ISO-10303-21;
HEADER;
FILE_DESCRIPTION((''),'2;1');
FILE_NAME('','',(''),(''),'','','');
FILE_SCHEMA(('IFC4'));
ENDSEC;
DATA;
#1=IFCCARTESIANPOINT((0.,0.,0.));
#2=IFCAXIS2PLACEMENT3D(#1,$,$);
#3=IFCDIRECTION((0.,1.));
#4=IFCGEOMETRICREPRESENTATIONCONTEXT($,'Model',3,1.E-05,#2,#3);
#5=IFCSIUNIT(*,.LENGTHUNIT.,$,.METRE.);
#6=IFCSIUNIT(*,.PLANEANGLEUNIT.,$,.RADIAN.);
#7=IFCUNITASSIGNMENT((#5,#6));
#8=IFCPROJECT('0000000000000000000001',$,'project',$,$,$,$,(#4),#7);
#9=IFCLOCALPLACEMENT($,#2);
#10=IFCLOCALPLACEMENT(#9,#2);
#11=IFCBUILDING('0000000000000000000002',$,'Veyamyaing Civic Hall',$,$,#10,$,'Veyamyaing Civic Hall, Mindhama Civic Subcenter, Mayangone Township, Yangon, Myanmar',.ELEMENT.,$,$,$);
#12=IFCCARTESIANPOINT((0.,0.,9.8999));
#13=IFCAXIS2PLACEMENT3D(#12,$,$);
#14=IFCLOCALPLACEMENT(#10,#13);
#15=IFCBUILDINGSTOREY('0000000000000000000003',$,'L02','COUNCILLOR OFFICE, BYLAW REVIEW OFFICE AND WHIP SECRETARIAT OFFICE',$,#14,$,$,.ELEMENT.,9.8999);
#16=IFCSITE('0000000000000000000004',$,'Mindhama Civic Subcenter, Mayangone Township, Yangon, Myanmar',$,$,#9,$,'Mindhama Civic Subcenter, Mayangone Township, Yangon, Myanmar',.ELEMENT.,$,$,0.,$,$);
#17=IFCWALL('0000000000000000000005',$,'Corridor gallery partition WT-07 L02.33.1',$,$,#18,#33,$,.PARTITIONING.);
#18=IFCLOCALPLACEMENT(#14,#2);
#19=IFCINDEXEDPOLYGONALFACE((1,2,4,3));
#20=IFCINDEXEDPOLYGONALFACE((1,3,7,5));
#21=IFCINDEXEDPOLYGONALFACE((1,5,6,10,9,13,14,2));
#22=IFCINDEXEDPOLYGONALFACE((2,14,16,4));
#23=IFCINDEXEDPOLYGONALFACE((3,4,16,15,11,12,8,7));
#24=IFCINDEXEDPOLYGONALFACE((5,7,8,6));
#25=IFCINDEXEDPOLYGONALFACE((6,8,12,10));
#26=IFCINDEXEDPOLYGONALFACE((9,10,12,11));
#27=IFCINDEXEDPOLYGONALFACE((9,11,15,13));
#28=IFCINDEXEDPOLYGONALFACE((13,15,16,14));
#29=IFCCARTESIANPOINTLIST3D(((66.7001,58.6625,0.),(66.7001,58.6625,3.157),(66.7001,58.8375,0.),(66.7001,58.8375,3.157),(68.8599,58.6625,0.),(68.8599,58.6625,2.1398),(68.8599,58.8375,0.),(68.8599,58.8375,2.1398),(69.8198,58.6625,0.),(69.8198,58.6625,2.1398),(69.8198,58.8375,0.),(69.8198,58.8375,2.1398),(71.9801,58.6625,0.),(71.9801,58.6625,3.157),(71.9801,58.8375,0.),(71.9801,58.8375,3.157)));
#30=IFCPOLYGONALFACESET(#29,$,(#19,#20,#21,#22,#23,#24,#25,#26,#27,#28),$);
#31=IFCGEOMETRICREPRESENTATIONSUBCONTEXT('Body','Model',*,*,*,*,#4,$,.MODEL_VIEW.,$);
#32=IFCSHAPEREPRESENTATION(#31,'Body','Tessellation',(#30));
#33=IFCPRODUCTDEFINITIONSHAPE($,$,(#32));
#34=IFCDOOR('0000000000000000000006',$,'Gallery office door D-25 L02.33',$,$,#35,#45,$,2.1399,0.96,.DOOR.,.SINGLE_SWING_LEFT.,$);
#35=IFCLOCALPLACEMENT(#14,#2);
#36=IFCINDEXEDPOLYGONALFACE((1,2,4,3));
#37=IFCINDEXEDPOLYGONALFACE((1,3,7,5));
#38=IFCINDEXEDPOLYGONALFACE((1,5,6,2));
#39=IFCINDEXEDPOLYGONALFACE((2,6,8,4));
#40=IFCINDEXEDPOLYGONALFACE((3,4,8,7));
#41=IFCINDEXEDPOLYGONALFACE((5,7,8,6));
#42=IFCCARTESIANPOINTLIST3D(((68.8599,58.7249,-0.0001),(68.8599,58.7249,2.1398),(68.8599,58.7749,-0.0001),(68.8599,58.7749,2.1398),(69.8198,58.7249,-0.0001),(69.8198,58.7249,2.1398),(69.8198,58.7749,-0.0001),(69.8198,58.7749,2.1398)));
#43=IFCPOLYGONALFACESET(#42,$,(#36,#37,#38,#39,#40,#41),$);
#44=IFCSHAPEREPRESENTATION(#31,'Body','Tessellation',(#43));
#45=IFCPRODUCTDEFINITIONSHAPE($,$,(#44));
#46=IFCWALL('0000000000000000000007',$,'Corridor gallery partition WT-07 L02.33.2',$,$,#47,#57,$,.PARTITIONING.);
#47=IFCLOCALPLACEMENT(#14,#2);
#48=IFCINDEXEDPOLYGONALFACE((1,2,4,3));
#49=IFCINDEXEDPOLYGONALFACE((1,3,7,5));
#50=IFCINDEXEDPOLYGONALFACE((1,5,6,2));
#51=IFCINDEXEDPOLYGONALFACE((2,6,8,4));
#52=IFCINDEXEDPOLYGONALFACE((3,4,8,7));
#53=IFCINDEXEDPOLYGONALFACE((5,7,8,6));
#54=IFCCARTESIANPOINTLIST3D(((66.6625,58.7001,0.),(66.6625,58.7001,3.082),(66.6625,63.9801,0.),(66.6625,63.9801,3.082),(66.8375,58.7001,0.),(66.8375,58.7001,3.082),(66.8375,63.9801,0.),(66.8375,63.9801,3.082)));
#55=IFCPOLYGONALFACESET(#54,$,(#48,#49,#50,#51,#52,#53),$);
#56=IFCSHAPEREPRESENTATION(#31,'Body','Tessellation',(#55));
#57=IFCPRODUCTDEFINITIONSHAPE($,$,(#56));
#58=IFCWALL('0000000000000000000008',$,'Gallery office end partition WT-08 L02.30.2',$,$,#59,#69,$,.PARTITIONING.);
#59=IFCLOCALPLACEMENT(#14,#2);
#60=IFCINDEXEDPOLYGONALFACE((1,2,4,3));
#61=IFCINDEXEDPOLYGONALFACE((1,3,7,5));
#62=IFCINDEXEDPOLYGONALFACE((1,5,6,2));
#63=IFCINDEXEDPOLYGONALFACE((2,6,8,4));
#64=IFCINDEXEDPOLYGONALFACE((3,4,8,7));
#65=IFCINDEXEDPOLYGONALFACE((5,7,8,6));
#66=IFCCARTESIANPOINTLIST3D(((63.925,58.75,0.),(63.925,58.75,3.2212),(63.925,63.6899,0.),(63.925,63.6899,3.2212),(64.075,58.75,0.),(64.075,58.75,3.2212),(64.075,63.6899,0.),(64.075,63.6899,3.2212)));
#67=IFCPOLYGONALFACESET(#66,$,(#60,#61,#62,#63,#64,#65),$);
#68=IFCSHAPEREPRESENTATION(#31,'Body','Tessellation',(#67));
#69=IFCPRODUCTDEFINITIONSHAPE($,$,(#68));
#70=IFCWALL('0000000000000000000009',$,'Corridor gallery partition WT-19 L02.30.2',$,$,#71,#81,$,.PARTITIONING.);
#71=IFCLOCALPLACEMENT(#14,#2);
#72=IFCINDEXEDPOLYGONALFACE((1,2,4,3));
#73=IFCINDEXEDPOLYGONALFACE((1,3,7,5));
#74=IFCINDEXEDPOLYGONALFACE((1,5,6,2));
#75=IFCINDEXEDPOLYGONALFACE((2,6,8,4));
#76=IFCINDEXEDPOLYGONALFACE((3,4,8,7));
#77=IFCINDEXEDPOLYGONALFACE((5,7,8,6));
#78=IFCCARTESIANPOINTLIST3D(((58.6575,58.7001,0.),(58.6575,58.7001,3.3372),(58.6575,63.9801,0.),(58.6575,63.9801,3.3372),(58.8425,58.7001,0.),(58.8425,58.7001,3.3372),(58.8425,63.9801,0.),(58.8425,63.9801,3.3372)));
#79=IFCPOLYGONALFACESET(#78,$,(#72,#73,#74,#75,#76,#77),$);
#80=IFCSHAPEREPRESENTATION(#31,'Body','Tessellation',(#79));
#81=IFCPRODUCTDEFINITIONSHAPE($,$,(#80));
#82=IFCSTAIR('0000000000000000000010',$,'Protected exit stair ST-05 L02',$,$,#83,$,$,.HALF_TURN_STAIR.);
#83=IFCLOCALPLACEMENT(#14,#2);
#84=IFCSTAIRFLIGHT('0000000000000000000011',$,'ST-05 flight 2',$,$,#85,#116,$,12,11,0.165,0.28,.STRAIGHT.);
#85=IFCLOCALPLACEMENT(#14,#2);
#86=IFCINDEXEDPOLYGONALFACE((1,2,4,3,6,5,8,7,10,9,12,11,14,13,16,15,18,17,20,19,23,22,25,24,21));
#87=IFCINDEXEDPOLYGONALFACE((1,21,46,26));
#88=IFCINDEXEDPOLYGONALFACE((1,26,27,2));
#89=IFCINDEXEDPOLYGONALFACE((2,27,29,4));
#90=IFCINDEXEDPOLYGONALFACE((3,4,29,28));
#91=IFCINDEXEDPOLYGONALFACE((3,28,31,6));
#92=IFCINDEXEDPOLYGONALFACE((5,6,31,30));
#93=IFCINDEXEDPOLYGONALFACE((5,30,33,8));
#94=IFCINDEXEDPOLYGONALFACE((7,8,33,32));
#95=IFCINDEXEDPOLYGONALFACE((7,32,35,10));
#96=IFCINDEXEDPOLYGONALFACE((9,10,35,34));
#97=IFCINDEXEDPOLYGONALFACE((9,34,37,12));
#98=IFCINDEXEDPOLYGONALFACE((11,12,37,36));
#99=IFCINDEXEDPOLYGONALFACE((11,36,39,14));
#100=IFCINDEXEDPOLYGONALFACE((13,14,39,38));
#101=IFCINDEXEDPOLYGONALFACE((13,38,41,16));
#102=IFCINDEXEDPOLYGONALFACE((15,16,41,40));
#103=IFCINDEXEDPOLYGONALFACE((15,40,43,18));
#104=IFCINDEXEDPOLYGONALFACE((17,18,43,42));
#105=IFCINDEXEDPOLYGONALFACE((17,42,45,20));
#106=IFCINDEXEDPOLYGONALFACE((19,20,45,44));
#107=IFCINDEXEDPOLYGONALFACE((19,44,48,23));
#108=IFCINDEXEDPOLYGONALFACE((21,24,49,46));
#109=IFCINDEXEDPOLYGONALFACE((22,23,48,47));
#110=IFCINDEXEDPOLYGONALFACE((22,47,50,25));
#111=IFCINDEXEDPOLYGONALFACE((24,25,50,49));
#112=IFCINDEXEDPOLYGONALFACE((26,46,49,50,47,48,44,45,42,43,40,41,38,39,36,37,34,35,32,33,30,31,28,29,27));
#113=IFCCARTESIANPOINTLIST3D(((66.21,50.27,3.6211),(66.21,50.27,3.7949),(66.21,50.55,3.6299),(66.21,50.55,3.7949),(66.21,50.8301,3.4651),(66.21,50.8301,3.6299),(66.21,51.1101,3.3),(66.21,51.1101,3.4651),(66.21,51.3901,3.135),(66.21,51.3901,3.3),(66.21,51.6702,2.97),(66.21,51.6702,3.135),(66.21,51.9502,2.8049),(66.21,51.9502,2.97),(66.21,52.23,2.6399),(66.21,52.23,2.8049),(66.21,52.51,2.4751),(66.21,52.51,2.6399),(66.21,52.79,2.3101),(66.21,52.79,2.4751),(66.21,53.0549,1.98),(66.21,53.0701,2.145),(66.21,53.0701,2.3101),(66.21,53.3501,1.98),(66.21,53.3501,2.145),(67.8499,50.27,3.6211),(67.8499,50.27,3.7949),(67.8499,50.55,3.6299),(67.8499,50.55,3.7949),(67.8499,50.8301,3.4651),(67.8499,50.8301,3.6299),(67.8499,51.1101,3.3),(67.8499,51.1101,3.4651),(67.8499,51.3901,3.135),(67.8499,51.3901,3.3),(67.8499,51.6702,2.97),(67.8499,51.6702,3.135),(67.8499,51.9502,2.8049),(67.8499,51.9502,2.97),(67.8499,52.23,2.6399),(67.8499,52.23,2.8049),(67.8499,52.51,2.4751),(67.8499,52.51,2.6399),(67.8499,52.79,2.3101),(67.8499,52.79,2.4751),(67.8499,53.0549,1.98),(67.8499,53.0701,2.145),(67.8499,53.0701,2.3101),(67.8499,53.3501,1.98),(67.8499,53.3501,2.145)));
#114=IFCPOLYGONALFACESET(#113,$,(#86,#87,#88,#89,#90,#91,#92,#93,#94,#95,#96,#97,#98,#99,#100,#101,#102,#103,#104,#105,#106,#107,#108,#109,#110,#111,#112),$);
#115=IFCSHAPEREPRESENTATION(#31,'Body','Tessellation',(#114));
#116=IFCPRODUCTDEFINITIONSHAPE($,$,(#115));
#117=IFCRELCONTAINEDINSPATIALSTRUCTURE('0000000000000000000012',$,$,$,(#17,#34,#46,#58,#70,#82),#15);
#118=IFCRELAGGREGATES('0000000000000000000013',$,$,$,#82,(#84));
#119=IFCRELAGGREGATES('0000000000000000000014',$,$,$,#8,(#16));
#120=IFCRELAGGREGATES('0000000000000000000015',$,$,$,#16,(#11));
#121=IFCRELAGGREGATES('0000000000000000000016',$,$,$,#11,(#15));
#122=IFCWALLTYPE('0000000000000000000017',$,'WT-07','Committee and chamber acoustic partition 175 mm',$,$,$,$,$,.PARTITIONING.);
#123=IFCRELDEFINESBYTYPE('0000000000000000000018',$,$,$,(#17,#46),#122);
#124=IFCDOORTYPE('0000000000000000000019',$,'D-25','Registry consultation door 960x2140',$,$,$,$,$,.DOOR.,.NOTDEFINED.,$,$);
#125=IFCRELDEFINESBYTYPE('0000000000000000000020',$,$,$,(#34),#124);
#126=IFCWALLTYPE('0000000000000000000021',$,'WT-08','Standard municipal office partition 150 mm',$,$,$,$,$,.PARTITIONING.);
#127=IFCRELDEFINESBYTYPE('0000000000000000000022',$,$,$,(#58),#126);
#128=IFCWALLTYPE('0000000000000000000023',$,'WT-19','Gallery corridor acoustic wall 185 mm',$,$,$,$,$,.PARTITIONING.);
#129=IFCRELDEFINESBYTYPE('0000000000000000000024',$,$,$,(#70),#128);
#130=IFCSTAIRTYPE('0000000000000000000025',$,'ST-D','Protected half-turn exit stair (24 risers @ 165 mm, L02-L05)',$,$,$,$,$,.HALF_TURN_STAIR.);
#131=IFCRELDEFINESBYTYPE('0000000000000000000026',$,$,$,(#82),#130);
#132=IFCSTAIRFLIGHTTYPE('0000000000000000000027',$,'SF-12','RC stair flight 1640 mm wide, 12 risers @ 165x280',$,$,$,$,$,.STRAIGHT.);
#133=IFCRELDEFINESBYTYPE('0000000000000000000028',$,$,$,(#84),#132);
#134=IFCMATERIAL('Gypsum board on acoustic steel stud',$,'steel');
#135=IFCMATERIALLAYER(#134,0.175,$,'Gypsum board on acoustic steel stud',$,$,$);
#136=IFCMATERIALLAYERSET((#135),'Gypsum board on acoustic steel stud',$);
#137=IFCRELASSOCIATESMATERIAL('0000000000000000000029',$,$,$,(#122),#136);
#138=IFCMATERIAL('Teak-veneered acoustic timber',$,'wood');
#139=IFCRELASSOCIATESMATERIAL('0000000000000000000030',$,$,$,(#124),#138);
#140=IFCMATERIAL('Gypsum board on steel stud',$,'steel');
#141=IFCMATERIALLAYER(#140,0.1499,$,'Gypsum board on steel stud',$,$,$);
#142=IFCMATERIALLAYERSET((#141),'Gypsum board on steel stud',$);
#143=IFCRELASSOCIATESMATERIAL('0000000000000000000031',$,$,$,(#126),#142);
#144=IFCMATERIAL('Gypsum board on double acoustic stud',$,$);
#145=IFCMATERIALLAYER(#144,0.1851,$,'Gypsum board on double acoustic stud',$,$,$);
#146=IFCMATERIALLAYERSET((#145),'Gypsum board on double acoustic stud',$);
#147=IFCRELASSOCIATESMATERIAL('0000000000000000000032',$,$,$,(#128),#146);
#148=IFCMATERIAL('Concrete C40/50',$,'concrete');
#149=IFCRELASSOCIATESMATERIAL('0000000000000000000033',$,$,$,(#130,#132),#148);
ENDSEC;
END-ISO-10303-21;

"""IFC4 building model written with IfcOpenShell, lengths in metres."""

from ifc_helpers import new_model, si_unit, direction, frame, frame_2d, origin, place, context, subcontext, project, spatial, polyline, rectangle, outline, extrude, material, layer, layer_set, type_object, element, fill, aggregate, save


model = new_model("IFC4")

# Units and contexts
model_context = context("Model", 3, precision=1e-05, world=origin(), true_north=direction((0.0, 1.0)))
body_context = subcontext(model_context, "Body", "Model", "MODEL_VIEW")
ifc_project = project(units=[si_unit("LENGTHUNIT", "METRE"), si_unit("PLANEANGLEUNIT", "RADIAN")], contexts=[model_context])

# Site, building, storey
site_placement = place(None, origin())
site = spatial("IfcSite", under=ifc_project, at=site_placement, Name="Mindhama Civic Subcenter, Mayangone Township, Yangon, Myanmar", LongName="Mindhama Civic Subcenter, Mayangone Township, Yangon, Myanmar", CompositionType="ELEMENT", RefElevation=0.0)
building_placement = place(site_placement, origin())
building = spatial("IfcBuilding", under=site, at=building_placement, Name="Veyamyaing Civic Hall", LongName="Veyamyaing Civic Hall, Mindhama Civic Subcenter, Mayangone Township, Yangon, Myanmar", CompositionType="ELEMENT")
storey_placement = place(building_placement, frame((0.0, 0.0, 9.8999)))
storey = spatial("IfcBuildingStorey", under=building, at=storey_placement, Name="L02", Description="COUNCILLOR OFFICE, BYLAW REVIEW OFFICE AND WHIP SECRETARIAT OFFICE", CompositionType="ELEMENT", Elevation=9.8999)

# Shared definitions
ifc_material_1 = material(Name="Concrete C40/50", Category="concrete")

# Wall, opening, door
ifc_material_2 = material(Name="Teak-veneered acoustic timber", Category="wood")
ifc_material_3 = material(Name="Gypsum board on acoustic steel stud", Category="steel")
ifc_layer_1 = layer(ifc_material_3, 0.175, Name="Gypsum board on acoustic steel stud")
ifc_layer_set_1 = layer_set([ifc_layer_1], Name="Gypsum board on acoustic steel stud")
wall_type_1 = type_object("IfcWallType", Name="WT-07", Description="Committee and chamber acoustic partition 175 mm", PredefinedType="PARTITIONING", material=ifc_layer_set_1)
wall_1_placement = place(storey_placement, frame((66.7, 58.75, 0.0), z_axis=(0.0, 0.0, 1.0), x_axis=(1.0, 0.0, 0.0)))
wall_1 = element("IfcWall", 1, at=wall_1_placement, inside=storey, type_object=wall_type_1, Name="Corridor gallery partition WT-07 L02.33.1", PredefinedType="PARTITIONING", context=body_context, shape_type="SweptSolid", body=[
    extrude(rectangle(XDim=5.28, YDim=0.175, at=frame_2d((2.6401, 0.0))), origin(), (0.0, 0.0, 1.0), 3.157),
])
opening_1_placement = place(wall_1_placement, frame((2.1599, 0.0, 0.0)))
opening_1 = element("IfcOpeningElement", 2, at=opening_1_placement, cuts=wall_1, PredefinedType="OPENING", context=body_context, shape_type="SweptSolid", body=[
    extrude(rectangle(XDim=0.96, YDim=2.1399, at=frame_2d((0.48, 1.0698))), frame((0.0, 0.0974, 0.0), z_axis=(0.0, -1.0, 0.0), x_axis=(1.0, 0.0, 0.0)), (0.0, 0.0, 1.0), 0.1951),
])
door_type_1 = type_object("IfcDoorType", Name="D-25", Description="Registry consultation door 960x2140", OperationType="NOTDEFINED", PredefinedType="DOOR", material=ifc_material_2)
door_1_placement = place(opening_1_placement, origin())
door_1 = element("IfcDoor", 3, at=door_1_placement, inside=storey, type_object=door_type_1, Name="Gallery office door D-25 L02.33", OperationType="SINGLE_SWING_LEFT", OverallHeight=2.1399, OverallWidth=0.96, PredefinedType="DOOR", context=body_context, shape_type="SweptSolid", body=[
    extrude(rectangle(XDim=0.96, YDim=2.1399, at=frame_2d((0.48, 1.0698))), frame((0.0, 0.0249, 0.0), z_axis=(0.0, -1.0, 0.0), x_axis=(1.0, 0.0, 0.0)), (0.0, 0.0, 1.0), 0.05),
])
fill(opening_1, door_1)

# Walls
wall_2_placement = place(storey_placement, frame((66.75, 58.7, 0.0), z_axis=(0.0, 0.0, 1.0), x_axis=(0.0, 1.0, 0.0)))
element("IfcWall", 4, at=wall_2_placement, inside=storey, type_object=wall_type_1, Name="Corridor gallery partition WT-07 L02.33.2", PredefinedType="PARTITIONING", context=body_context, shape_type="SweptSolid", body=[
    extrude(rectangle(XDim=5.28, YDim=0.175, at=frame_2d((2.6401, 0.0))), origin(), (0.0, 0.0, 1.0), 3.082),
])
ifc_material_4 = material(Name="Gypsum board on steel stud", Category="steel")
ifc_layer_2 = layer(ifc_material_4, 0.1499, Name="Gypsum board on steel stud")
ifc_layer_set_2 = layer_set([ifc_layer_2], Name="Gypsum board on steel stud")
wall_type_2 = type_object("IfcWallType", Name="WT-08", Description="Standard municipal office partition 150 mm", PredefinedType="PARTITIONING", material=ifc_layer_set_2)
wall_3_placement = place(storey_placement, frame((64.0, 58.75, 0.0), z_axis=(0.0, 0.0, 1.0), x_axis=(0.0, 1.0, 0.0)))
element("IfcWall", 5, at=wall_3_placement, inside=storey, type_object=wall_type_2, Name="Gallery office end partition WT-08 L02.30.2", PredefinedType="PARTITIONING", context=body_context, shape_type="SweptSolid", body=[
    extrude(rectangle(XDim=4.9399, YDim=0.1499, at=frame_2d((2.47, 0.0))), origin(), (0.0, 0.0, 1.0), 3.2212),
])
ifc_material_5 = material(Name="Gypsum board on double acoustic stud")
ifc_layer_3 = layer(ifc_material_5, 0.1851, Name="Gypsum board on double acoustic stud")
ifc_layer_set_3 = layer_set([ifc_layer_3], Name="Gypsum board on double acoustic stud")
wall_type_3 = type_object("IfcWallType", Name="WT-19", Description="Gallery corridor acoustic wall 185 mm", PredefinedType="PARTITIONING", material=ifc_layer_set_3)
wall_4_placement = place(storey_placement, frame((58.75, 58.7, 0.0), z_axis=(0.0, 0.0, 1.0), x_axis=(0.0, 1.0, 0.0)))
element("IfcWall", 6, at=wall_4_placement, inside=storey, type_object=wall_type_3, Name="Corridor gallery partition WT-19 L02.30.2", PredefinedType="PARTITIONING", context=body_context, shape_type="SweptSolid", body=[
    extrude(rectangle(XDim=5.28, YDim=0.1851, at=frame_2d((2.6401, 0.0))), origin(), (0.0, 0.0, 1.0), 3.3372),
])

# Stair, stair flight
stair_type = type_object("IfcStairType", Name="ST-D", Description="Protected half-turn exit stair (24 risers @ 165 mm, L02-L05)", PredefinedType="HALF_TURN_STAIR", material=ifc_material_1)
stair_placement = place(storey_placement, origin())
stair = element("IfcStair", 7, at=stair_placement, inside=storey, type_object=stair_type, Name="Protected exit stair ST-05 L02", PredefinedType="HALF_TURN_STAIR")
stair_flight_type = type_object("IfcStairFlightType", Name="SF-12", Description="RC stair flight 1640 mm wide, 12 risers @ 165x280", PredefinedType="STRAIGHT", material=ifc_material_1)
stair_flight_placement = place(storey_placement, frame((67.03, 53.3501, 1.98), z_axis=(0.0, 0.0, 1.0), x_axis=(0.0, -1.0, 0.0)))
stair_flight = element("IfcStairFlight", 8, at=stair_flight_placement, type_object=stair_flight_type, Name="ST-05 flight 2", NumberOfRisers=12, NumberOfTreads=11, PredefinedType="STRAIGHT", RiserHeight=0.165, TreadLength=0.28, context=body_context, shape_type="SweptSolid", body=[
    extrude(outline(polyline([(0.0, 0.0), (0.0, 0.165), (0.28, 0.165), (0.28, 0.3301), (0.5601, 0.3301), (0.5601, 0.4951), (0.8401, 0.4951), (0.8401, 0.6599), (1.1201, 0.6599), (1.1201, 0.825), (1.3999, 0.825), (1.3999, 0.99), (1.6799, 0.99), (1.6799, 1.155), (1.96, 1.155), (1.96, 1.3201), (2.24, 1.3201), (2.24, 1.4851), (2.52, 1.4851), (2.52, 1.6499), (2.8, 1.6499), (2.8, 1.8149), (3.0801, 1.8149), (3.0801, 1.98), (3.0801, 1.6411), (0.2952, 0.0), (0.0, 0.0)])), frame((0.0, 0.8198, 0.0), z_axis=(0.0, -1.0, 0.0), x_axis=(1.0, 0.0, 0.0)), (0.0, 0.0, 1.0), 1.6399),
])
aggregate(stair, [stair_flight])

save(model, "model.ifc")
